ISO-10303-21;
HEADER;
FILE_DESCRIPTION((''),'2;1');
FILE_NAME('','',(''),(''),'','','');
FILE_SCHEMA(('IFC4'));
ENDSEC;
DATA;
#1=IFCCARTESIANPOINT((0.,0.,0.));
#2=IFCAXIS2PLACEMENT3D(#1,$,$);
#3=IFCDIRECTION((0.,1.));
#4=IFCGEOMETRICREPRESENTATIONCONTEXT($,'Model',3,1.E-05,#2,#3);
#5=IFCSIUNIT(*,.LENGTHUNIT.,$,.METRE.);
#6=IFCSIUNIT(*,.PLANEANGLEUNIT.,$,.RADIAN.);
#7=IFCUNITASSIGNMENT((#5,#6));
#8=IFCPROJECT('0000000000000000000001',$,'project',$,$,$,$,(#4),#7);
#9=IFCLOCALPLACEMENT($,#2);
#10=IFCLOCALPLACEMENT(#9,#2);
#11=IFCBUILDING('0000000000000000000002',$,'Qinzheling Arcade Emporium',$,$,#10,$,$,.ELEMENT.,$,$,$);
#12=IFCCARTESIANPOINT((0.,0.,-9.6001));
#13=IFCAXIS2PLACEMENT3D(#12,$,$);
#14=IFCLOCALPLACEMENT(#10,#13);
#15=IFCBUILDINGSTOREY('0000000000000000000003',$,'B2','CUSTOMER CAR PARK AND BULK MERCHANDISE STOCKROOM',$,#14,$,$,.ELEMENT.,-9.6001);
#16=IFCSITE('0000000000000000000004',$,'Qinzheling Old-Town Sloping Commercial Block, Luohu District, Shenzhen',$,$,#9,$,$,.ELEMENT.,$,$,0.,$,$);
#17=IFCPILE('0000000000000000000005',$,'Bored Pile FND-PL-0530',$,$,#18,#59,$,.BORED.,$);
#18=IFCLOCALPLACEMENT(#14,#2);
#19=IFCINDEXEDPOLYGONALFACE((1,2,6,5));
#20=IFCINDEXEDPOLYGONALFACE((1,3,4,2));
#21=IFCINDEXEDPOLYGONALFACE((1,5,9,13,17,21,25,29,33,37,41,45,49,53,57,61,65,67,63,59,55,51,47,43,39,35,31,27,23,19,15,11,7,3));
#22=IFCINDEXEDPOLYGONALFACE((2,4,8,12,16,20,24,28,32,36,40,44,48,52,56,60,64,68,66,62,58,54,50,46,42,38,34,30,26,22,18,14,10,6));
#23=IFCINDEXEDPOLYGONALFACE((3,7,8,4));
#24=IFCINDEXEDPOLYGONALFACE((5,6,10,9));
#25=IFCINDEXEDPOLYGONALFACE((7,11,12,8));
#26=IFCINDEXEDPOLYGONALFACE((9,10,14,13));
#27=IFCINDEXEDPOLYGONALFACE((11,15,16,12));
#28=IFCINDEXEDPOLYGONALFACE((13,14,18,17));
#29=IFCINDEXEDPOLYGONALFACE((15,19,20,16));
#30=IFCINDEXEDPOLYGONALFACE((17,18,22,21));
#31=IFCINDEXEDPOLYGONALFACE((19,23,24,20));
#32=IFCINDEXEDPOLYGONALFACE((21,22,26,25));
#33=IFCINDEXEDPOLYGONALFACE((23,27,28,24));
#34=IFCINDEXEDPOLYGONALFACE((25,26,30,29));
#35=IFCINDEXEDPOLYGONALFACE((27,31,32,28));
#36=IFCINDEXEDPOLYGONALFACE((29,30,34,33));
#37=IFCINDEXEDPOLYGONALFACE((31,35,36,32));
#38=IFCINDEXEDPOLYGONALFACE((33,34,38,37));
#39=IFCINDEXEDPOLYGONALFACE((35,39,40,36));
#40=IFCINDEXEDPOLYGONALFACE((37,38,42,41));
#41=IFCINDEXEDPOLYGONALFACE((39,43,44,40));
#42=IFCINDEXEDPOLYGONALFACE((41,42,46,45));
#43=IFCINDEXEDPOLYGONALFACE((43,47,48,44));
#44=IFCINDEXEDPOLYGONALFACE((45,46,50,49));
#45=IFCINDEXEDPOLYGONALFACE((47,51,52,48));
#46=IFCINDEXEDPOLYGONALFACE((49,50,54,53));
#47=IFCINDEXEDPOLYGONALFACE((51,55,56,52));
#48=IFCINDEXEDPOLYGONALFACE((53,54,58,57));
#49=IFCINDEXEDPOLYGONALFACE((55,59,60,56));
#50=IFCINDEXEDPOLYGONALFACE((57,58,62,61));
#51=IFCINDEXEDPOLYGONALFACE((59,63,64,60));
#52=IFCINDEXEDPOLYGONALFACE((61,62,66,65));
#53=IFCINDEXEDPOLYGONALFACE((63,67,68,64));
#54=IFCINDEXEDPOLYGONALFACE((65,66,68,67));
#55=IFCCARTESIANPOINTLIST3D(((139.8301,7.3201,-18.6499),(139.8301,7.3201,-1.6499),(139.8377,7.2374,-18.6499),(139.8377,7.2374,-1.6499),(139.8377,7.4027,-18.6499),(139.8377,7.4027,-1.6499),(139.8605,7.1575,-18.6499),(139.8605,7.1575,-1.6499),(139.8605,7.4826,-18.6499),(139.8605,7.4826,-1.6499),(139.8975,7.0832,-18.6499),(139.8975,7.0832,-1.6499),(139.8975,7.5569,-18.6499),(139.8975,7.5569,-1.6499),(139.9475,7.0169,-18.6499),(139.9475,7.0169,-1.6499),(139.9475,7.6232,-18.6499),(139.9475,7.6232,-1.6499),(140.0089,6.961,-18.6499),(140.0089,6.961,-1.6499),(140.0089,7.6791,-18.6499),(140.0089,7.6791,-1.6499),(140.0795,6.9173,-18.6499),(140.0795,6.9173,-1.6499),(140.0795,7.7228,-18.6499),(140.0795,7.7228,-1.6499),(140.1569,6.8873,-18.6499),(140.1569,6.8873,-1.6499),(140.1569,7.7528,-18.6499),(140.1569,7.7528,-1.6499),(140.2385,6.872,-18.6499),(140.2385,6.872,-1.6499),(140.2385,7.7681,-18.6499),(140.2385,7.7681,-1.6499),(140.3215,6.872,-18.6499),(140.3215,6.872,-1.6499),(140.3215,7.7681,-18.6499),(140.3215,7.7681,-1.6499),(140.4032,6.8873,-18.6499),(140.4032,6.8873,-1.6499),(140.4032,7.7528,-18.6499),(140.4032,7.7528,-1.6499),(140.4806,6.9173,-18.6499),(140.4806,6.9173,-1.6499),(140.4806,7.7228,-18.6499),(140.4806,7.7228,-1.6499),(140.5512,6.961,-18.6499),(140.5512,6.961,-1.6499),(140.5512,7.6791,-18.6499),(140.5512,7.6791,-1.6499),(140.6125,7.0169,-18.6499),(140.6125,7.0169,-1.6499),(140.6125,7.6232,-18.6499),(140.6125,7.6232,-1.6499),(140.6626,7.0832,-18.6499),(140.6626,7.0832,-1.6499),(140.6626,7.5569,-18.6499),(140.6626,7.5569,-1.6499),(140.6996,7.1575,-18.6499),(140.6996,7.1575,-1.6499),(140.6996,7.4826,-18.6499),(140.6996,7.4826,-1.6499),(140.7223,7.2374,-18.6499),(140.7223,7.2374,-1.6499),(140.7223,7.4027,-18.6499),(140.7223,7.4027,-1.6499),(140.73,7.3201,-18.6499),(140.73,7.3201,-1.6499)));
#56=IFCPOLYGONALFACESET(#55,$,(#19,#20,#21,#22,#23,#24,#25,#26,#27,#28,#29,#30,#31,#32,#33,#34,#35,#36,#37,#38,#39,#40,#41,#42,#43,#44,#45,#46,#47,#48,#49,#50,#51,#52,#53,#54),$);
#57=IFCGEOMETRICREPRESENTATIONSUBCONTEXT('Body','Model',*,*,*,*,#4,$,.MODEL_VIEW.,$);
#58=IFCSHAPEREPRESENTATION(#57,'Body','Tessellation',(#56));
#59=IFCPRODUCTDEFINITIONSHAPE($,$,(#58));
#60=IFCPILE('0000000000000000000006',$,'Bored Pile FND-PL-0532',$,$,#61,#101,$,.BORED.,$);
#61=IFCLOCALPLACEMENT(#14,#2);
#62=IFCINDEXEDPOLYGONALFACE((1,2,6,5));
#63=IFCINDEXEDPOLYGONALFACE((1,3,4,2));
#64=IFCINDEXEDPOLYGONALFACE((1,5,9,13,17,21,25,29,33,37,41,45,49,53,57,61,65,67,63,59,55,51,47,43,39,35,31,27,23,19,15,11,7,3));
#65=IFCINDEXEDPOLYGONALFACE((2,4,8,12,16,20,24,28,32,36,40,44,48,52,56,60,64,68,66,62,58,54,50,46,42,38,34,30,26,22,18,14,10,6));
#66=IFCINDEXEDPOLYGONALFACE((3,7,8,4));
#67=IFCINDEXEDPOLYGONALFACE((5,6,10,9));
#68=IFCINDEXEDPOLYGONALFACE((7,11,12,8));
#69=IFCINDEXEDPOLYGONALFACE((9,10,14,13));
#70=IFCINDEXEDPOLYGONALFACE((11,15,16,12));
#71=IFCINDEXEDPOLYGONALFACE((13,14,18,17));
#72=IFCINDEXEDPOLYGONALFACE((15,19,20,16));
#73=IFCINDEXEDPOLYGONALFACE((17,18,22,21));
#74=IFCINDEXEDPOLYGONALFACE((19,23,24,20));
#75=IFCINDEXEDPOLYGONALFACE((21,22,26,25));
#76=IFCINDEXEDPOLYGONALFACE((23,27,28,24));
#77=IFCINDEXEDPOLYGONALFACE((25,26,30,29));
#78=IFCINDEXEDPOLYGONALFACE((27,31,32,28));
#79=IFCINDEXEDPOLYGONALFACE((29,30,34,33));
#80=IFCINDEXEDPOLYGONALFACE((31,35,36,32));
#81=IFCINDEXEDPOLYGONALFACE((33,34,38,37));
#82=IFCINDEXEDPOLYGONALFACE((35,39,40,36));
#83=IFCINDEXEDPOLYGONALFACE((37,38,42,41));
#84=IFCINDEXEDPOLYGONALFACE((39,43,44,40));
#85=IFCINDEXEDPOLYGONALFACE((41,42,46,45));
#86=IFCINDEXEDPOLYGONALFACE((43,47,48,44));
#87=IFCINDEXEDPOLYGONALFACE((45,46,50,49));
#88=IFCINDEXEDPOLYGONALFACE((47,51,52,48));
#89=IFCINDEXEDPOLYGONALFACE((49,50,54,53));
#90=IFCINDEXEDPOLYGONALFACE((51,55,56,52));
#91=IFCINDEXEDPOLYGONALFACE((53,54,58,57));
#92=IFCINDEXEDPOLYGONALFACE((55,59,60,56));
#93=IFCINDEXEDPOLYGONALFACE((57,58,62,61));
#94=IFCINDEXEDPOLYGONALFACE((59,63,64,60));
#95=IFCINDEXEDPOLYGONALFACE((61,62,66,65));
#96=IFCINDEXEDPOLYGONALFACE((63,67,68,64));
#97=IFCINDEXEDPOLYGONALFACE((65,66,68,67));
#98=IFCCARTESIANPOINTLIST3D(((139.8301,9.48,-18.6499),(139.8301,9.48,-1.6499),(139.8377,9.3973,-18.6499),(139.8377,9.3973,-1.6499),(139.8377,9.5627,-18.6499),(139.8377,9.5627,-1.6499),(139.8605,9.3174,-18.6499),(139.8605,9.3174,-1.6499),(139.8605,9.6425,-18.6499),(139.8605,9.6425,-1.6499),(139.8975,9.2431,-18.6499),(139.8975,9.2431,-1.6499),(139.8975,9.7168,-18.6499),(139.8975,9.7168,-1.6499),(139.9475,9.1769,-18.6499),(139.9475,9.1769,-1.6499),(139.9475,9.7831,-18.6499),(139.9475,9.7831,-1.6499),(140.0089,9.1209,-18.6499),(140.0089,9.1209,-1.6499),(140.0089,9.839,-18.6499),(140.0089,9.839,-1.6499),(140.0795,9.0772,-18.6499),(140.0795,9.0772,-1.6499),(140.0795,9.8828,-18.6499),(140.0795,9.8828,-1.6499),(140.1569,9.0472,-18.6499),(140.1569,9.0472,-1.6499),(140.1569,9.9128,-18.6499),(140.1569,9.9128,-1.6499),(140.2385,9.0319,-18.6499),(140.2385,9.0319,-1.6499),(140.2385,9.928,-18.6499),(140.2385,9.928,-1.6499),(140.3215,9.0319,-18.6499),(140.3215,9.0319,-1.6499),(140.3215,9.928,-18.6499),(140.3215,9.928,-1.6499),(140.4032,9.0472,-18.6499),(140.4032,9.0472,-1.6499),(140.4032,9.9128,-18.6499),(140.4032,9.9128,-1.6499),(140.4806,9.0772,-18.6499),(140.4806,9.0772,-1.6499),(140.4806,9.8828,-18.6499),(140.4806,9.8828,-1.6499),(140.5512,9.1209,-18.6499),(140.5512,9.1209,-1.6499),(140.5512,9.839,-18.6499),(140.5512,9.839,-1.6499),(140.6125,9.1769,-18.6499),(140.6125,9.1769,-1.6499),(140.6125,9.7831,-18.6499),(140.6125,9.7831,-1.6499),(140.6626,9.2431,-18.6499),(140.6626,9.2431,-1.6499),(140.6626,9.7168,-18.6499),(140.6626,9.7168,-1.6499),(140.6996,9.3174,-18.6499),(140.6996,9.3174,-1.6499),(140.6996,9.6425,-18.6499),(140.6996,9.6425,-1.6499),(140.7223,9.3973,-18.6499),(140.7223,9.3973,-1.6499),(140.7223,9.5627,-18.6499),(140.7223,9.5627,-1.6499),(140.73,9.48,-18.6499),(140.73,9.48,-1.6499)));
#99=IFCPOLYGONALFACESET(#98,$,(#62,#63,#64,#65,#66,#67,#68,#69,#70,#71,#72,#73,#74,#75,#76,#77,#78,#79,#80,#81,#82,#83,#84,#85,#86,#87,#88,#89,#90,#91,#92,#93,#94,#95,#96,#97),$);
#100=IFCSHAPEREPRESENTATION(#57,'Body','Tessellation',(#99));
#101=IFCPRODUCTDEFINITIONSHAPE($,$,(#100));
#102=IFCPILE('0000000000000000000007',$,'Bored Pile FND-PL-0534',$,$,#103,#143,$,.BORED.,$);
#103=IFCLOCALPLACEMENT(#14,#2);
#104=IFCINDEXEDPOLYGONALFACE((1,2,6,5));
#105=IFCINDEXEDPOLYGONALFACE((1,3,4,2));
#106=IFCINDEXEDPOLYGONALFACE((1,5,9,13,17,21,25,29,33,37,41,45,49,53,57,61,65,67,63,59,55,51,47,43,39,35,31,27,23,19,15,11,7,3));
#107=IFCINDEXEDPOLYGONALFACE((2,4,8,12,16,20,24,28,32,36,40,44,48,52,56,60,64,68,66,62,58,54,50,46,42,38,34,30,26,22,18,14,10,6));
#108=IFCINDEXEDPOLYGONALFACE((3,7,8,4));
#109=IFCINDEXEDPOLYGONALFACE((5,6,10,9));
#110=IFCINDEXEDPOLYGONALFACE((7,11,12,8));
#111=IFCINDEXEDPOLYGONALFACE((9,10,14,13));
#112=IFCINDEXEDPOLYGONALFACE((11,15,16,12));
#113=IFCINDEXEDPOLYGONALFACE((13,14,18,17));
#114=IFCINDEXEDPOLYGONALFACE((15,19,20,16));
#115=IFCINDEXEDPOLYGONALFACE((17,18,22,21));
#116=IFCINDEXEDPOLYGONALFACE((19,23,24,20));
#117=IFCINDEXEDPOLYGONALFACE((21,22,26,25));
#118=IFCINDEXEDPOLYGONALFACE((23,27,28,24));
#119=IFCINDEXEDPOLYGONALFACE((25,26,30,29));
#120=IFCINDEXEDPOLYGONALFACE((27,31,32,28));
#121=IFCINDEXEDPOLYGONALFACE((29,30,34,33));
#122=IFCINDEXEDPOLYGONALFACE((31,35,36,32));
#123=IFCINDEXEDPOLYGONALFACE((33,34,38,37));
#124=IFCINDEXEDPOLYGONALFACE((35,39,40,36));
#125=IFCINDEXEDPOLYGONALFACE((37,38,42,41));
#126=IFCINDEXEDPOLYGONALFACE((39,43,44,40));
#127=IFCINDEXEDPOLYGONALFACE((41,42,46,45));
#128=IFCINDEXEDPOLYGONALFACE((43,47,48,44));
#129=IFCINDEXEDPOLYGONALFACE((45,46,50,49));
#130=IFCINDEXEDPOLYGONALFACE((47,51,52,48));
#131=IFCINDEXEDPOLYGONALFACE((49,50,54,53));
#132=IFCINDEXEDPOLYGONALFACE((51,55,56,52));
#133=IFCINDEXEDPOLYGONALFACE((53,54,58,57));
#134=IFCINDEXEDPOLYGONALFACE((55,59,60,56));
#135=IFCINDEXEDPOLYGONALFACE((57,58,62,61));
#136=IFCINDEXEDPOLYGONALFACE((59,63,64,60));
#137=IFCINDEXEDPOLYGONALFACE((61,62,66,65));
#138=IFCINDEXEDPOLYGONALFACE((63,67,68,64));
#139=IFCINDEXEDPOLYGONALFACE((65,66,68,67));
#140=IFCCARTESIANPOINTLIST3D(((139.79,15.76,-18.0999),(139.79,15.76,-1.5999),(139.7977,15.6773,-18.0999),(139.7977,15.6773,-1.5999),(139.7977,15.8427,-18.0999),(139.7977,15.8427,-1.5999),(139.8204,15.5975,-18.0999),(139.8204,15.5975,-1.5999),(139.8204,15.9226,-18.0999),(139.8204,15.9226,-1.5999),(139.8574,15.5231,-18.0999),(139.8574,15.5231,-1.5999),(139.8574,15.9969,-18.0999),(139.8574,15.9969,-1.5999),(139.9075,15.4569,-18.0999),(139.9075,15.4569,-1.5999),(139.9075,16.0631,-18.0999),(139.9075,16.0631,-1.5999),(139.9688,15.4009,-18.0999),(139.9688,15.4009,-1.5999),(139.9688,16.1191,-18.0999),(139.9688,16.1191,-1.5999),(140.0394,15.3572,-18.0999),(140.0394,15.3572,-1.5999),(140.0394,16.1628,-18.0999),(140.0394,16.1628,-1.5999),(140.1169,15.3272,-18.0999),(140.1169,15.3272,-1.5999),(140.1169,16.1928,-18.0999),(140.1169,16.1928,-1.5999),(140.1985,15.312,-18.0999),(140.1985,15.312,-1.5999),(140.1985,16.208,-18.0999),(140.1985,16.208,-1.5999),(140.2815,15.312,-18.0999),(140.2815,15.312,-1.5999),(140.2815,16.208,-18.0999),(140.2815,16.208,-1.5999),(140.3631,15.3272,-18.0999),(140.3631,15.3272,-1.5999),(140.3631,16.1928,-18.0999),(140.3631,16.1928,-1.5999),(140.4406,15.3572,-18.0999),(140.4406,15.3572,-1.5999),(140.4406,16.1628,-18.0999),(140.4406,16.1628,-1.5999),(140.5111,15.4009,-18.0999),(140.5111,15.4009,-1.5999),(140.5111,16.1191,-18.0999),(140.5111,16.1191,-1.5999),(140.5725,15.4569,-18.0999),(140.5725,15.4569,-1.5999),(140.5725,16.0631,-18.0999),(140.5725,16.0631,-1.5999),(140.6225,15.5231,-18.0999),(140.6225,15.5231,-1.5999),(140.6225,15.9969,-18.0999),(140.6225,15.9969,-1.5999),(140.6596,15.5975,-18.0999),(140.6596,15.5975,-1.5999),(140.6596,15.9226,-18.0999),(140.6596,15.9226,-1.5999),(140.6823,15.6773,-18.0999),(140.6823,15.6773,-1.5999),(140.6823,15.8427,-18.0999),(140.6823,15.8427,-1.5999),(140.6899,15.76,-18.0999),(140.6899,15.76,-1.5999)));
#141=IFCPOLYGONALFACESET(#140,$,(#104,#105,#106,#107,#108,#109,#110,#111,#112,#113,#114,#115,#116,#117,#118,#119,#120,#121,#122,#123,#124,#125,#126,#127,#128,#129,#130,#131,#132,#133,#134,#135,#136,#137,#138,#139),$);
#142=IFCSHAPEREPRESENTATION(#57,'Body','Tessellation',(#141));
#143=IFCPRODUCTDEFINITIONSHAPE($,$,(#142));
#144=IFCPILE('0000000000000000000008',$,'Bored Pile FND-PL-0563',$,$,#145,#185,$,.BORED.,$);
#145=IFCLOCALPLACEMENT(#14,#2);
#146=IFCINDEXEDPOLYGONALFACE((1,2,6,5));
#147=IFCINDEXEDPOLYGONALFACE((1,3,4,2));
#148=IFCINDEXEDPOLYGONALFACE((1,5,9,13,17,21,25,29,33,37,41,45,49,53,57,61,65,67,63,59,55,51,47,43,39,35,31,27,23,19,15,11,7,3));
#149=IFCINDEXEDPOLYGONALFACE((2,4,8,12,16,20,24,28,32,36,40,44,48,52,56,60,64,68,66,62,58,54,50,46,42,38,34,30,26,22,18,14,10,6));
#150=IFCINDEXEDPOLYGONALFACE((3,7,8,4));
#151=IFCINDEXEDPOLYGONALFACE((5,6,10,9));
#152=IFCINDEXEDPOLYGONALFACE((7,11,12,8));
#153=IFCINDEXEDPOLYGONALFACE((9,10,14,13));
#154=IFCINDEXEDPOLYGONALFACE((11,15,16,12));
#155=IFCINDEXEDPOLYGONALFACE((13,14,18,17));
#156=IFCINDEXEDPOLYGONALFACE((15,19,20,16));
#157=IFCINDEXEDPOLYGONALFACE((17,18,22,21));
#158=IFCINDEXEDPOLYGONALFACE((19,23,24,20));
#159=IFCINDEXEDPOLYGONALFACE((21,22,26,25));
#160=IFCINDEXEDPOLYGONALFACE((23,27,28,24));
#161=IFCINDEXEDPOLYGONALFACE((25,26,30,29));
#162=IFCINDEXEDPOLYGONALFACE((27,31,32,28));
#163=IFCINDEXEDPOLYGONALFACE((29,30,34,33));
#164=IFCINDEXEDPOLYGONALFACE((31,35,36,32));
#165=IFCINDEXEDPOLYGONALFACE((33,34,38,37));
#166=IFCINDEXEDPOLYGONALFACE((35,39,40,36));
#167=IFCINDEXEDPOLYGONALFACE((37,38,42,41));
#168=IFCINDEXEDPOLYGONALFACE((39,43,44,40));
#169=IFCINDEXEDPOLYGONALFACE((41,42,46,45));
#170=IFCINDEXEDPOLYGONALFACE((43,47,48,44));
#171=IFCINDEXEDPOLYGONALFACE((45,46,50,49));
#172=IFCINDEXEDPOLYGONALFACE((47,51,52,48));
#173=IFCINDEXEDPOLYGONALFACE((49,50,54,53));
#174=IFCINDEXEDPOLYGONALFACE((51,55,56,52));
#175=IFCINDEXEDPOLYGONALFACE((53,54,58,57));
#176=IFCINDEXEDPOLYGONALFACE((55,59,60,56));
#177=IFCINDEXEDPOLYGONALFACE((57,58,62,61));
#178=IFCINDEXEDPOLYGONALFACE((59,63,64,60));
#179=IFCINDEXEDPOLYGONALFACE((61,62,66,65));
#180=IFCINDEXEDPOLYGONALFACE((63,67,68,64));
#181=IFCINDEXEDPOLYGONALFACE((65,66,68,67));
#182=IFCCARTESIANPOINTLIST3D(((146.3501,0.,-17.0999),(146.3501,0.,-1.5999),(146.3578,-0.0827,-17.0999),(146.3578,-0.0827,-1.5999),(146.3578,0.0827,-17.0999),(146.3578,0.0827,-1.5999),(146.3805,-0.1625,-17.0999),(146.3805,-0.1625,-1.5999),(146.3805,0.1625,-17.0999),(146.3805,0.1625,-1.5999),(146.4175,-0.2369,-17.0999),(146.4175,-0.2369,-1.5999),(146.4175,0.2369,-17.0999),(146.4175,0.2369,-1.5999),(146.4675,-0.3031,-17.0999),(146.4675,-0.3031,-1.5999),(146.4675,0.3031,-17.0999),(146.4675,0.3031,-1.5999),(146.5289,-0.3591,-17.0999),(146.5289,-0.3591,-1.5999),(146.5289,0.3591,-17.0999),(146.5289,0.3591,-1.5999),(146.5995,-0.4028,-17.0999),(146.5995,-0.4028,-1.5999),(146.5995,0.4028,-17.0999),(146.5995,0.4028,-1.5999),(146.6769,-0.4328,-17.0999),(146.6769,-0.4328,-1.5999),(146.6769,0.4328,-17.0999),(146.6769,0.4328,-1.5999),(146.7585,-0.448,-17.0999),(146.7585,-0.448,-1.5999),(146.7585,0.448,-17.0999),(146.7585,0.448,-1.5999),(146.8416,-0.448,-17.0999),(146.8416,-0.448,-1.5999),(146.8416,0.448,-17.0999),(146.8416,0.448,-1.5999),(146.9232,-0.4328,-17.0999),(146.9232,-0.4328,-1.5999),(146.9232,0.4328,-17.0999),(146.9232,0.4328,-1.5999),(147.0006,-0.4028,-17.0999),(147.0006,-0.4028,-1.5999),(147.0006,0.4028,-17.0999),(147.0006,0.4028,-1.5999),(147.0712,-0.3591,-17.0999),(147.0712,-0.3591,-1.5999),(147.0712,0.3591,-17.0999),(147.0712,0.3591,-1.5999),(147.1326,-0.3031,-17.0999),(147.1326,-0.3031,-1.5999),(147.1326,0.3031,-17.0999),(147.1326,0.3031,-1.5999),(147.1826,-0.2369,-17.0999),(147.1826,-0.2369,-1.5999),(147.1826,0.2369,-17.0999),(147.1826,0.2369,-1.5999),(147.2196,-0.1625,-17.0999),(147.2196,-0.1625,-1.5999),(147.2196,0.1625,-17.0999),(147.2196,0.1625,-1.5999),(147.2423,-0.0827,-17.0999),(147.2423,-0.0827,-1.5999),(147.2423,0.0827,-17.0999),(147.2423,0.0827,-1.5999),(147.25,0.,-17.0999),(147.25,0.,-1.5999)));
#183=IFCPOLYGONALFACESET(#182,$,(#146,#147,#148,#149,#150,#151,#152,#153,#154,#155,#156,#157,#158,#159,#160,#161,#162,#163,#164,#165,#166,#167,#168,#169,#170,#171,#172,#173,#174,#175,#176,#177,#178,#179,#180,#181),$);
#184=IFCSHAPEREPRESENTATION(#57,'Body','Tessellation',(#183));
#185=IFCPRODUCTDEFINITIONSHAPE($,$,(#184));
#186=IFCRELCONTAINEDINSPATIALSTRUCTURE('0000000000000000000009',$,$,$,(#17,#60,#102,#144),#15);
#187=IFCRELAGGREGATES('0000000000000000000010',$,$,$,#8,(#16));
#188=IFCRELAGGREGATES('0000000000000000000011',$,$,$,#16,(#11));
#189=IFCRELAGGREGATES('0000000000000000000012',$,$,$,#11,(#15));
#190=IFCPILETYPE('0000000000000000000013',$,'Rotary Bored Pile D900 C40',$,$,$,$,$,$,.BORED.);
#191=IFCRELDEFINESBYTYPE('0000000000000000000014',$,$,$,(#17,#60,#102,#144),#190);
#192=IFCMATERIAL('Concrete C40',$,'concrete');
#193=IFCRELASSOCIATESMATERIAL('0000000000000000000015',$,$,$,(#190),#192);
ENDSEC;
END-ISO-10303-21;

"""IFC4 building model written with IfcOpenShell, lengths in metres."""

from ifc_helpers import new_model, si_unit, direction, frame, origin, origin_2d, place, context, subcontext, project, spatial, circle, extrude, material, material_profile, profile_set, type_object, element, save


model = new_model("IFC4")

# Units and contexts
model_context = context("Model", 3, precision=1e-05, world=origin(), true_north=direction((0.0, 1.0)))
body_context = subcontext(model_context, "Body", "Model", "MODEL_VIEW")
ifc_project = project(units=[si_unit("LENGTHUNIT", "METRE"), si_unit("PLANEANGLEUNIT", "RADIAN")], contexts=[model_context])

# Site, building, storey
site_placement = place(None, origin())
site = spatial("IfcSite", under=ifc_project, at=site_placement, Name="Qinzheling Old-Town Sloping Commercial Block, Luohu District, Shenzhen", CompositionType="ELEMENT", RefElevation=0.0)
building_placement = place(site_placement, origin())
building = spatial("IfcBuilding", under=site, at=building_placement, Name="Qinzheling Arcade Emporium", CompositionType="ELEMENT")
storey_placement = place(building_placement, frame((0.0, 0.0, -9.6001)))
storey = spatial("IfcBuildingStorey", under=building, at=storey_placement, Name="B2", Description="CUSTOMER CAR PARK AND BULK MERCHANDISE STOCKROOM", CompositionType="ELEMENT", Elevation=-9.6001)

# Shared definitions
ifc_material_1 = material(Name="Concrete C40", Category="concrete")

# Piles
ifc_material_profile_1 = material_profile(ifc_material_1, circle(Radius=0.45, at=origin_2d()), Name="BORED D900", Category="concrete")
ifc_profile_set_1 = profile_set([ifc_material_profile_1], Name="Concrete C40")
pile_type = type_object("IfcPileType", Name="Rotary Bored Pile D900 C40", PredefinedType="BORED", material=ifc_profile_set_1)
for number, where, z_axis, x_axis, name in (
    (1, (140.28, 7.3201, -1.6499), (0.0, 0.0, -1.0), (1.0, 0.0, 0.0), "Bored Pile FND-PL-0530"),
    (2, (140.28, 9.48, -1.6499), (0.0, 0.0, -1.0), (1.0, 0.0, 0.0), "Bored Pile FND-PL-0532"),
):
    element("IfcPile", number, at=place(storey_placement, frame(where, z_axis=z_axis, x_axis=x_axis)), inside=storey, type_object=pile_type, Name=name, PredefinedType="BORED", context=body_context, shape_type="SweptSolid", body=[
        extrude(circle(Radius=0.45, at=origin_2d()), origin(), (0.0, 0.0, 1.0), 17.0),
    ])
pile_1_placement = place(storey_placement, frame((140.24, 15.76, -1.5999), z_axis=(0.0, 0.0, -1.0), x_axis=(1.0, 0.0, 0.0)))
element("IfcPile", 3, at=pile_1_placement, inside=storey, type_object=pile_type, Name="Bored Pile FND-PL-0534", PredefinedType="BORED", context=body_context, shape_type="SweptSolid", body=[
    extrude(circle(Radius=0.45, at=origin_2d()), origin(), (0.0, 0.0, 1.0), 16.5),
])
pile_2_placement = place(storey_placement, frame((146.8, 0.0, -1.5999), z_axis=(0.0, 0.0, -1.0), x_axis=(1.0, 0.0, 0.0)))
element("IfcPile", 4, at=pile_2_placement, inside=storey, type_object=pile_type, Name="Bored Pile FND-PL-0563", PredefinedType="BORED", context=body_context, shape_type="SweptSolid", body=[
    extrude(circle(Radius=0.45, at=origin_2d()), origin(), (0.0, 0.0, 1.0), 15.5),
])

save(model, "model.ifc")
